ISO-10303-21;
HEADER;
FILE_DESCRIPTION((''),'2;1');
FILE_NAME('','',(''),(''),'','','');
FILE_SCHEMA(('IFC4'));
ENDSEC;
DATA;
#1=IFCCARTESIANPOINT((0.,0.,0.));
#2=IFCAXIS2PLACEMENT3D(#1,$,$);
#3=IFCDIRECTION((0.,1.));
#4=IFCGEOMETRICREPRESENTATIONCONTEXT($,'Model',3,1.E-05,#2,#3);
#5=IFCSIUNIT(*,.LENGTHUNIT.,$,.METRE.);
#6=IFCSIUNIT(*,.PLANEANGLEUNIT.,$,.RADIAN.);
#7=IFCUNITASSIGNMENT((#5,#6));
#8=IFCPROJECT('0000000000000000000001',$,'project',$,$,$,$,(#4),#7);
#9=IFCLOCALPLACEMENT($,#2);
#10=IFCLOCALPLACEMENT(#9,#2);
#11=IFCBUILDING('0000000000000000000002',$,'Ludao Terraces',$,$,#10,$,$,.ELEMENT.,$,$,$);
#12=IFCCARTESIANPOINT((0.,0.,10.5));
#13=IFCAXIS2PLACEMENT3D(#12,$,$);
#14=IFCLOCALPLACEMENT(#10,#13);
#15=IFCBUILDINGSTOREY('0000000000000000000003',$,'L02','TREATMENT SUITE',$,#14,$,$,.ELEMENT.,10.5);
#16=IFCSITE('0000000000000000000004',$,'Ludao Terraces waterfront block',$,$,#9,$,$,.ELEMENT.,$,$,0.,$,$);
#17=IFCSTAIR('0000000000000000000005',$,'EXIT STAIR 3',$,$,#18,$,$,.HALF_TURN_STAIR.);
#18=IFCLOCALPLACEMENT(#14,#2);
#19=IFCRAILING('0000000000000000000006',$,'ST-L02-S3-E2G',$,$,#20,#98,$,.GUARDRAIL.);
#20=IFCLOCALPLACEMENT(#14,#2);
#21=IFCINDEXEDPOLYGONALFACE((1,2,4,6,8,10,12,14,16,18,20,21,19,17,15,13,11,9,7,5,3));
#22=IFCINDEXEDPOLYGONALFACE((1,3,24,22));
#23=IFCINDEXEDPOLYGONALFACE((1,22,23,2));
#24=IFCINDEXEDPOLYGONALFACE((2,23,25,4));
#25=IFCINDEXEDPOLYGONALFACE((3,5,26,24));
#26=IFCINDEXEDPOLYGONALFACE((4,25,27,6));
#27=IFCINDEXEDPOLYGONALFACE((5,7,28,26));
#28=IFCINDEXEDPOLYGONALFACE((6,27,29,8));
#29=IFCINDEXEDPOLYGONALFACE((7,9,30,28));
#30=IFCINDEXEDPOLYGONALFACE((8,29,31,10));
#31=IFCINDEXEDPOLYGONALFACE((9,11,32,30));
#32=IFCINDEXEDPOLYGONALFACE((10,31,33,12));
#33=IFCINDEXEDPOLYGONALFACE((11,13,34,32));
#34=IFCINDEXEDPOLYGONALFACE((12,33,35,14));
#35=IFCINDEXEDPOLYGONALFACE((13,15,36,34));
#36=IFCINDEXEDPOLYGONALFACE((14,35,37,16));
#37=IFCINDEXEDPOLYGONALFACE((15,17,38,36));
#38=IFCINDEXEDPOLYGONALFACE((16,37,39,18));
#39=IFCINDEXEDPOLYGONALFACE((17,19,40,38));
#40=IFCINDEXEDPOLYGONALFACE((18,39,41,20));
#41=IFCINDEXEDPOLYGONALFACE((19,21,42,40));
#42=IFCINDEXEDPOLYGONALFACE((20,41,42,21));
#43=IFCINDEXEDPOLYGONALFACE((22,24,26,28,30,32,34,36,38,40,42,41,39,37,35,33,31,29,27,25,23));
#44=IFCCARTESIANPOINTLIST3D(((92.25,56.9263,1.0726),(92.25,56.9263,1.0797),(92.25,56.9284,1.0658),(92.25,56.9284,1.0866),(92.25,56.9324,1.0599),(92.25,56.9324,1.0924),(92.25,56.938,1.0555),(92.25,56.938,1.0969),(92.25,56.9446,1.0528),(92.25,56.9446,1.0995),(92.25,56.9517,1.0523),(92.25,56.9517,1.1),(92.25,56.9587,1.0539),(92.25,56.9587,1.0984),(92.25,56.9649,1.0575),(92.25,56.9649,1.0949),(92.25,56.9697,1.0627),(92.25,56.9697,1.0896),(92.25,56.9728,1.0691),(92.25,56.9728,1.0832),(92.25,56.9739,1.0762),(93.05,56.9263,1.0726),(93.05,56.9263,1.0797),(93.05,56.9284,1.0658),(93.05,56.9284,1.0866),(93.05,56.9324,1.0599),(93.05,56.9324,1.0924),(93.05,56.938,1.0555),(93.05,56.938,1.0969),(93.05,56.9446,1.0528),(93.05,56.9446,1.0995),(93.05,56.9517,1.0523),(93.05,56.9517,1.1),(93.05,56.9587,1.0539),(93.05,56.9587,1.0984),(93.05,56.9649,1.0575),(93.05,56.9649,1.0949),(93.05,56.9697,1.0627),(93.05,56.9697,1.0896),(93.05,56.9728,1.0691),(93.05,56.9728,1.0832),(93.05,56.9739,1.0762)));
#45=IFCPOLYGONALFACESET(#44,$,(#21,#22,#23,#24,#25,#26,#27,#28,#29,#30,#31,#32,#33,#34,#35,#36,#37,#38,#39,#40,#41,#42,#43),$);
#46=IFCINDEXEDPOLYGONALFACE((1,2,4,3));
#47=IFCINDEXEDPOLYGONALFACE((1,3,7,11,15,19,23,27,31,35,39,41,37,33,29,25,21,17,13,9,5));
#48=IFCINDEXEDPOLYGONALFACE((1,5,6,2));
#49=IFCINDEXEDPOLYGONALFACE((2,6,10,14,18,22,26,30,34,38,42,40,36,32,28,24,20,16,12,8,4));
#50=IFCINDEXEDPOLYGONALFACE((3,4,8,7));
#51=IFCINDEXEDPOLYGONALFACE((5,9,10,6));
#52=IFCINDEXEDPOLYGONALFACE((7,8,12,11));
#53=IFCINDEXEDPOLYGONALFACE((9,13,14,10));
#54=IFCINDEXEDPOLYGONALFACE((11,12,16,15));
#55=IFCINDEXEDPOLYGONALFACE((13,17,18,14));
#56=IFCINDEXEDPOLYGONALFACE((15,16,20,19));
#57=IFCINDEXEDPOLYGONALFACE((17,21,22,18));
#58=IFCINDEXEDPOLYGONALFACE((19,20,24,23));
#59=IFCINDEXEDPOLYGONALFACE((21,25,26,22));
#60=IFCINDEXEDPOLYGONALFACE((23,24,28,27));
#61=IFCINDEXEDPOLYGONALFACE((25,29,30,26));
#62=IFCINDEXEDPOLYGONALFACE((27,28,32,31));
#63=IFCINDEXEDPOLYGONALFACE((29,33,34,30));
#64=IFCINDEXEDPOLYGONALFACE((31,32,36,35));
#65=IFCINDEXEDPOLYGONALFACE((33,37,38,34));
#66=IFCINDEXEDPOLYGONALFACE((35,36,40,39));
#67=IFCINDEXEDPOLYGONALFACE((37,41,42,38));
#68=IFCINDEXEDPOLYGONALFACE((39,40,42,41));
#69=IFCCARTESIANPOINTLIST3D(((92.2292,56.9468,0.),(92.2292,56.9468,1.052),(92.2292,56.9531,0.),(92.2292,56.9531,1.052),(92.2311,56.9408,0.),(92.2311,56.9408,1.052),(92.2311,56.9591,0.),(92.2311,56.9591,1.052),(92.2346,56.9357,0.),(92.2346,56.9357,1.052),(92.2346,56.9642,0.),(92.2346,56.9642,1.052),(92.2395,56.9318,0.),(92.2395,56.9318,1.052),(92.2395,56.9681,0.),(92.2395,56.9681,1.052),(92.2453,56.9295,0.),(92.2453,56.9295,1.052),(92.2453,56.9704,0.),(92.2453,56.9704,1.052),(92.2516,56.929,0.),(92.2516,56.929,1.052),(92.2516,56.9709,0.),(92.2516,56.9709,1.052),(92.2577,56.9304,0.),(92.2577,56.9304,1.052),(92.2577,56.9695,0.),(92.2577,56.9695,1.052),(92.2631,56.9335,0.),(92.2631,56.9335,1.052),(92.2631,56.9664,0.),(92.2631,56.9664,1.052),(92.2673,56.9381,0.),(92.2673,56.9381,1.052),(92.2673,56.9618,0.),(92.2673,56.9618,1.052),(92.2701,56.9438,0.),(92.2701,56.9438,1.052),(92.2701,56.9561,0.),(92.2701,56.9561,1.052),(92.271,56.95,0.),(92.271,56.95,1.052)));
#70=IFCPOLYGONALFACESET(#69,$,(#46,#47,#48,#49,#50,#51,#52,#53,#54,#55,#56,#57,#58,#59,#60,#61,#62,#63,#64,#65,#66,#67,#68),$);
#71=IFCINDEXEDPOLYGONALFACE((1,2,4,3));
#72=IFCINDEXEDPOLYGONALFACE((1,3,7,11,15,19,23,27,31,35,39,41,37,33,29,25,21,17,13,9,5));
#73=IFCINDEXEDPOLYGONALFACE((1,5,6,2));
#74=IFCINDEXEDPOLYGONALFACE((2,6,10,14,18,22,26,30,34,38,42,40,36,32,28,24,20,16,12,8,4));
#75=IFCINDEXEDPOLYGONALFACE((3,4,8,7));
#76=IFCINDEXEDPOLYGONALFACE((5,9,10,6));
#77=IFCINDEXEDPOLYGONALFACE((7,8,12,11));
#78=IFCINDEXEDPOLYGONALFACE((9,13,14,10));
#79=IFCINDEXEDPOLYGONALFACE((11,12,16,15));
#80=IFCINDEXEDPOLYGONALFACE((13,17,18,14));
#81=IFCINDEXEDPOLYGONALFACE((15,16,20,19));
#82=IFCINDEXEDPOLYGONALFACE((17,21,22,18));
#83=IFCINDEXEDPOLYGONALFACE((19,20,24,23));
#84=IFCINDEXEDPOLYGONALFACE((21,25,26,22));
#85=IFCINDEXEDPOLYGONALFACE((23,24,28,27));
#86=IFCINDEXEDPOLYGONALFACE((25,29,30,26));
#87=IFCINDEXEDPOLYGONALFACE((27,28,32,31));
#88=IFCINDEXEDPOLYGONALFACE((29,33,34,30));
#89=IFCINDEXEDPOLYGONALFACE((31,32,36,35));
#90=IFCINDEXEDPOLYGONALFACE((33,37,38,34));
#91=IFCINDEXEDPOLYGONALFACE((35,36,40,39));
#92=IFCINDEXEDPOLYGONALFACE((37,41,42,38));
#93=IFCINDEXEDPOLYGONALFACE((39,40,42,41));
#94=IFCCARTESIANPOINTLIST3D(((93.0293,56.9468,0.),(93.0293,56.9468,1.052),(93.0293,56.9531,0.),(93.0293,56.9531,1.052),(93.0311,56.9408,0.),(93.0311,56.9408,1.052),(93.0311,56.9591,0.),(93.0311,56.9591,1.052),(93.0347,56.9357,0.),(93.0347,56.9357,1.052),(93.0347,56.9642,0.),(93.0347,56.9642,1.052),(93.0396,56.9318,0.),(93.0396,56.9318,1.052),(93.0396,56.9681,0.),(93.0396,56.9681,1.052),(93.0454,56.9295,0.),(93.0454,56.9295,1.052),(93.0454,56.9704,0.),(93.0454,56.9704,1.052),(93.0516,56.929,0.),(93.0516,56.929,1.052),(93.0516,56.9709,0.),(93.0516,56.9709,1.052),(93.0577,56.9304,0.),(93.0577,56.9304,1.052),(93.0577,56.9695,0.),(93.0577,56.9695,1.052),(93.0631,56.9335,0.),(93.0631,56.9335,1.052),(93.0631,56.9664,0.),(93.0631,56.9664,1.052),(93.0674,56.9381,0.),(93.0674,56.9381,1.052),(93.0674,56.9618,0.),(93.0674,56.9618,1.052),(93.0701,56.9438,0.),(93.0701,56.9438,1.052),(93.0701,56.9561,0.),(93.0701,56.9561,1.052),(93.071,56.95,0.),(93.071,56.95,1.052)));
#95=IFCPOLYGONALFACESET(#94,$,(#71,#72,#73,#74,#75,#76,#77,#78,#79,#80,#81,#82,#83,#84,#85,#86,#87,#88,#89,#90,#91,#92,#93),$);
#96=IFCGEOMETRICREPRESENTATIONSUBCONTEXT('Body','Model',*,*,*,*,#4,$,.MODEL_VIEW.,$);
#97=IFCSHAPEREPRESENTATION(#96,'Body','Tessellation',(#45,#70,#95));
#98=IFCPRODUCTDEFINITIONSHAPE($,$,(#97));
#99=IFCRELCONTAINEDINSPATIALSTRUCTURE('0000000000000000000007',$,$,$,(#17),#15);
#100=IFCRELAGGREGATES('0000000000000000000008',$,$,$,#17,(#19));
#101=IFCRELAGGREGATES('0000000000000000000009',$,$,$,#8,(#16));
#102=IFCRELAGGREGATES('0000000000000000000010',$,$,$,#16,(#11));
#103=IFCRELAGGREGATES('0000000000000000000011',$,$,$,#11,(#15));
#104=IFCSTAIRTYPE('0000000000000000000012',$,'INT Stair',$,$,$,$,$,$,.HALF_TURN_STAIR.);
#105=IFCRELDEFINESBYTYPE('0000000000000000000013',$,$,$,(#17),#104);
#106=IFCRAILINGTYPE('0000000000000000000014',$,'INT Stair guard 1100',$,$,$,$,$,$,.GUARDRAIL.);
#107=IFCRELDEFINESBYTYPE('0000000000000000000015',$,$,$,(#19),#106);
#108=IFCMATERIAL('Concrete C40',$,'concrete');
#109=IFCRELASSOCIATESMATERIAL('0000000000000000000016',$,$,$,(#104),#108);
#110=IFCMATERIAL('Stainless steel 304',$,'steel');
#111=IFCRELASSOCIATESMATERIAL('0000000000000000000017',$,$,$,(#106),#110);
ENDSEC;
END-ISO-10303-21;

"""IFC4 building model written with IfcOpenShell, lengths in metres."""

from ifc_helpers import new_model, si_unit, direction, frame, origin, origin_2d, place, context, subcontext, project, spatial, circle, extrude, material, type_object, element, aggregate, save


model = new_model("IFC4")

# Units and contexts
model_context = context("Model", 3, precision=1e-05, world=origin(), true_north=direction((0.0, 1.0)))
body_context = subcontext(model_context, "Body", "Model", "MODEL_VIEW")
ifc_project = project(units=[si_unit("LENGTHUNIT", "METRE"), si_unit("PLANEANGLEUNIT", "RADIAN")], contexts=[model_context])

# Site, building, storey
site_placement = place(None, origin())
site = spatial("IfcSite", under=ifc_project, at=site_placement, Name="Ludao Terraces waterfront block", CompositionType="ELEMENT", RefElevation=0.0)
building_placement = place(site_placement, origin())
building = spatial("IfcBuilding", under=site, at=building_placement, Name="Ludao Terraces", CompositionType="ELEMENT")
storey_placement = place(building_placement, frame((0.0, 0.0, 10.5)))
storey = spatial("IfcBuildingStorey", under=building, at=storey_placement, Name="L02", Description="TREATMENT SUITE", CompositionType="ELEMENT", Elevation=10.5)

# Stair, railing
ifc_material_1 = material(Name="Concrete C40", Category="concrete")
stair_type = type_object("IfcStairType", Name="INT Stair", PredefinedType="HALF_TURN_STAIR", material=ifc_material_1)
stair_placement = place(storey_placement, origin())
stair = element("IfcStair", 1, at=stair_placement, inside=storey, type_object=stair_type, Name="EXIT STAIR 3", PredefinedType="HALF_TURN_STAIR")
ifc_material_2 = material(Name="Stainless steel 304", Category="steel")
railing_type_1 = type_object("IfcRailingType", Name="INT Stair guard 1100", PredefinedType="GUARDRAIL", material=ifc_material_2)
railing_1_placement = place(storey_placement, frame((92.25, 56.95, 0.0)))
railing_1 = element("IfcRailing", 2, at=railing_1_placement, type_object=railing_type_1, Name="ST-L02-S3-E2G", PredefinedType="GUARDRAIL", context=body_context, shape_type="SweptSolid", body=[
    extrude(circle(Radius=0.0239, at=origin_2d()), frame((0.0, 0.0, 1.0762), z_axis=(1.0, 0.0, 0.0), x_axis=(0.0, 1.0, 0.0)), (0.0, 0.0, 1.0), 0.8),
    extrude(circle(Radius=0.021, at=origin_2d()), origin(), (0.0, 0.0, 1.0), 1.052),
    extrude(circle(Radius=0.021, at=origin_2d()), frame((0.8, 0.0, 0.0)), (0.0, 0.0, 1.0), 1.052),
])
aggregate(stair, [railing_1])

save(model, "model.ifc")
